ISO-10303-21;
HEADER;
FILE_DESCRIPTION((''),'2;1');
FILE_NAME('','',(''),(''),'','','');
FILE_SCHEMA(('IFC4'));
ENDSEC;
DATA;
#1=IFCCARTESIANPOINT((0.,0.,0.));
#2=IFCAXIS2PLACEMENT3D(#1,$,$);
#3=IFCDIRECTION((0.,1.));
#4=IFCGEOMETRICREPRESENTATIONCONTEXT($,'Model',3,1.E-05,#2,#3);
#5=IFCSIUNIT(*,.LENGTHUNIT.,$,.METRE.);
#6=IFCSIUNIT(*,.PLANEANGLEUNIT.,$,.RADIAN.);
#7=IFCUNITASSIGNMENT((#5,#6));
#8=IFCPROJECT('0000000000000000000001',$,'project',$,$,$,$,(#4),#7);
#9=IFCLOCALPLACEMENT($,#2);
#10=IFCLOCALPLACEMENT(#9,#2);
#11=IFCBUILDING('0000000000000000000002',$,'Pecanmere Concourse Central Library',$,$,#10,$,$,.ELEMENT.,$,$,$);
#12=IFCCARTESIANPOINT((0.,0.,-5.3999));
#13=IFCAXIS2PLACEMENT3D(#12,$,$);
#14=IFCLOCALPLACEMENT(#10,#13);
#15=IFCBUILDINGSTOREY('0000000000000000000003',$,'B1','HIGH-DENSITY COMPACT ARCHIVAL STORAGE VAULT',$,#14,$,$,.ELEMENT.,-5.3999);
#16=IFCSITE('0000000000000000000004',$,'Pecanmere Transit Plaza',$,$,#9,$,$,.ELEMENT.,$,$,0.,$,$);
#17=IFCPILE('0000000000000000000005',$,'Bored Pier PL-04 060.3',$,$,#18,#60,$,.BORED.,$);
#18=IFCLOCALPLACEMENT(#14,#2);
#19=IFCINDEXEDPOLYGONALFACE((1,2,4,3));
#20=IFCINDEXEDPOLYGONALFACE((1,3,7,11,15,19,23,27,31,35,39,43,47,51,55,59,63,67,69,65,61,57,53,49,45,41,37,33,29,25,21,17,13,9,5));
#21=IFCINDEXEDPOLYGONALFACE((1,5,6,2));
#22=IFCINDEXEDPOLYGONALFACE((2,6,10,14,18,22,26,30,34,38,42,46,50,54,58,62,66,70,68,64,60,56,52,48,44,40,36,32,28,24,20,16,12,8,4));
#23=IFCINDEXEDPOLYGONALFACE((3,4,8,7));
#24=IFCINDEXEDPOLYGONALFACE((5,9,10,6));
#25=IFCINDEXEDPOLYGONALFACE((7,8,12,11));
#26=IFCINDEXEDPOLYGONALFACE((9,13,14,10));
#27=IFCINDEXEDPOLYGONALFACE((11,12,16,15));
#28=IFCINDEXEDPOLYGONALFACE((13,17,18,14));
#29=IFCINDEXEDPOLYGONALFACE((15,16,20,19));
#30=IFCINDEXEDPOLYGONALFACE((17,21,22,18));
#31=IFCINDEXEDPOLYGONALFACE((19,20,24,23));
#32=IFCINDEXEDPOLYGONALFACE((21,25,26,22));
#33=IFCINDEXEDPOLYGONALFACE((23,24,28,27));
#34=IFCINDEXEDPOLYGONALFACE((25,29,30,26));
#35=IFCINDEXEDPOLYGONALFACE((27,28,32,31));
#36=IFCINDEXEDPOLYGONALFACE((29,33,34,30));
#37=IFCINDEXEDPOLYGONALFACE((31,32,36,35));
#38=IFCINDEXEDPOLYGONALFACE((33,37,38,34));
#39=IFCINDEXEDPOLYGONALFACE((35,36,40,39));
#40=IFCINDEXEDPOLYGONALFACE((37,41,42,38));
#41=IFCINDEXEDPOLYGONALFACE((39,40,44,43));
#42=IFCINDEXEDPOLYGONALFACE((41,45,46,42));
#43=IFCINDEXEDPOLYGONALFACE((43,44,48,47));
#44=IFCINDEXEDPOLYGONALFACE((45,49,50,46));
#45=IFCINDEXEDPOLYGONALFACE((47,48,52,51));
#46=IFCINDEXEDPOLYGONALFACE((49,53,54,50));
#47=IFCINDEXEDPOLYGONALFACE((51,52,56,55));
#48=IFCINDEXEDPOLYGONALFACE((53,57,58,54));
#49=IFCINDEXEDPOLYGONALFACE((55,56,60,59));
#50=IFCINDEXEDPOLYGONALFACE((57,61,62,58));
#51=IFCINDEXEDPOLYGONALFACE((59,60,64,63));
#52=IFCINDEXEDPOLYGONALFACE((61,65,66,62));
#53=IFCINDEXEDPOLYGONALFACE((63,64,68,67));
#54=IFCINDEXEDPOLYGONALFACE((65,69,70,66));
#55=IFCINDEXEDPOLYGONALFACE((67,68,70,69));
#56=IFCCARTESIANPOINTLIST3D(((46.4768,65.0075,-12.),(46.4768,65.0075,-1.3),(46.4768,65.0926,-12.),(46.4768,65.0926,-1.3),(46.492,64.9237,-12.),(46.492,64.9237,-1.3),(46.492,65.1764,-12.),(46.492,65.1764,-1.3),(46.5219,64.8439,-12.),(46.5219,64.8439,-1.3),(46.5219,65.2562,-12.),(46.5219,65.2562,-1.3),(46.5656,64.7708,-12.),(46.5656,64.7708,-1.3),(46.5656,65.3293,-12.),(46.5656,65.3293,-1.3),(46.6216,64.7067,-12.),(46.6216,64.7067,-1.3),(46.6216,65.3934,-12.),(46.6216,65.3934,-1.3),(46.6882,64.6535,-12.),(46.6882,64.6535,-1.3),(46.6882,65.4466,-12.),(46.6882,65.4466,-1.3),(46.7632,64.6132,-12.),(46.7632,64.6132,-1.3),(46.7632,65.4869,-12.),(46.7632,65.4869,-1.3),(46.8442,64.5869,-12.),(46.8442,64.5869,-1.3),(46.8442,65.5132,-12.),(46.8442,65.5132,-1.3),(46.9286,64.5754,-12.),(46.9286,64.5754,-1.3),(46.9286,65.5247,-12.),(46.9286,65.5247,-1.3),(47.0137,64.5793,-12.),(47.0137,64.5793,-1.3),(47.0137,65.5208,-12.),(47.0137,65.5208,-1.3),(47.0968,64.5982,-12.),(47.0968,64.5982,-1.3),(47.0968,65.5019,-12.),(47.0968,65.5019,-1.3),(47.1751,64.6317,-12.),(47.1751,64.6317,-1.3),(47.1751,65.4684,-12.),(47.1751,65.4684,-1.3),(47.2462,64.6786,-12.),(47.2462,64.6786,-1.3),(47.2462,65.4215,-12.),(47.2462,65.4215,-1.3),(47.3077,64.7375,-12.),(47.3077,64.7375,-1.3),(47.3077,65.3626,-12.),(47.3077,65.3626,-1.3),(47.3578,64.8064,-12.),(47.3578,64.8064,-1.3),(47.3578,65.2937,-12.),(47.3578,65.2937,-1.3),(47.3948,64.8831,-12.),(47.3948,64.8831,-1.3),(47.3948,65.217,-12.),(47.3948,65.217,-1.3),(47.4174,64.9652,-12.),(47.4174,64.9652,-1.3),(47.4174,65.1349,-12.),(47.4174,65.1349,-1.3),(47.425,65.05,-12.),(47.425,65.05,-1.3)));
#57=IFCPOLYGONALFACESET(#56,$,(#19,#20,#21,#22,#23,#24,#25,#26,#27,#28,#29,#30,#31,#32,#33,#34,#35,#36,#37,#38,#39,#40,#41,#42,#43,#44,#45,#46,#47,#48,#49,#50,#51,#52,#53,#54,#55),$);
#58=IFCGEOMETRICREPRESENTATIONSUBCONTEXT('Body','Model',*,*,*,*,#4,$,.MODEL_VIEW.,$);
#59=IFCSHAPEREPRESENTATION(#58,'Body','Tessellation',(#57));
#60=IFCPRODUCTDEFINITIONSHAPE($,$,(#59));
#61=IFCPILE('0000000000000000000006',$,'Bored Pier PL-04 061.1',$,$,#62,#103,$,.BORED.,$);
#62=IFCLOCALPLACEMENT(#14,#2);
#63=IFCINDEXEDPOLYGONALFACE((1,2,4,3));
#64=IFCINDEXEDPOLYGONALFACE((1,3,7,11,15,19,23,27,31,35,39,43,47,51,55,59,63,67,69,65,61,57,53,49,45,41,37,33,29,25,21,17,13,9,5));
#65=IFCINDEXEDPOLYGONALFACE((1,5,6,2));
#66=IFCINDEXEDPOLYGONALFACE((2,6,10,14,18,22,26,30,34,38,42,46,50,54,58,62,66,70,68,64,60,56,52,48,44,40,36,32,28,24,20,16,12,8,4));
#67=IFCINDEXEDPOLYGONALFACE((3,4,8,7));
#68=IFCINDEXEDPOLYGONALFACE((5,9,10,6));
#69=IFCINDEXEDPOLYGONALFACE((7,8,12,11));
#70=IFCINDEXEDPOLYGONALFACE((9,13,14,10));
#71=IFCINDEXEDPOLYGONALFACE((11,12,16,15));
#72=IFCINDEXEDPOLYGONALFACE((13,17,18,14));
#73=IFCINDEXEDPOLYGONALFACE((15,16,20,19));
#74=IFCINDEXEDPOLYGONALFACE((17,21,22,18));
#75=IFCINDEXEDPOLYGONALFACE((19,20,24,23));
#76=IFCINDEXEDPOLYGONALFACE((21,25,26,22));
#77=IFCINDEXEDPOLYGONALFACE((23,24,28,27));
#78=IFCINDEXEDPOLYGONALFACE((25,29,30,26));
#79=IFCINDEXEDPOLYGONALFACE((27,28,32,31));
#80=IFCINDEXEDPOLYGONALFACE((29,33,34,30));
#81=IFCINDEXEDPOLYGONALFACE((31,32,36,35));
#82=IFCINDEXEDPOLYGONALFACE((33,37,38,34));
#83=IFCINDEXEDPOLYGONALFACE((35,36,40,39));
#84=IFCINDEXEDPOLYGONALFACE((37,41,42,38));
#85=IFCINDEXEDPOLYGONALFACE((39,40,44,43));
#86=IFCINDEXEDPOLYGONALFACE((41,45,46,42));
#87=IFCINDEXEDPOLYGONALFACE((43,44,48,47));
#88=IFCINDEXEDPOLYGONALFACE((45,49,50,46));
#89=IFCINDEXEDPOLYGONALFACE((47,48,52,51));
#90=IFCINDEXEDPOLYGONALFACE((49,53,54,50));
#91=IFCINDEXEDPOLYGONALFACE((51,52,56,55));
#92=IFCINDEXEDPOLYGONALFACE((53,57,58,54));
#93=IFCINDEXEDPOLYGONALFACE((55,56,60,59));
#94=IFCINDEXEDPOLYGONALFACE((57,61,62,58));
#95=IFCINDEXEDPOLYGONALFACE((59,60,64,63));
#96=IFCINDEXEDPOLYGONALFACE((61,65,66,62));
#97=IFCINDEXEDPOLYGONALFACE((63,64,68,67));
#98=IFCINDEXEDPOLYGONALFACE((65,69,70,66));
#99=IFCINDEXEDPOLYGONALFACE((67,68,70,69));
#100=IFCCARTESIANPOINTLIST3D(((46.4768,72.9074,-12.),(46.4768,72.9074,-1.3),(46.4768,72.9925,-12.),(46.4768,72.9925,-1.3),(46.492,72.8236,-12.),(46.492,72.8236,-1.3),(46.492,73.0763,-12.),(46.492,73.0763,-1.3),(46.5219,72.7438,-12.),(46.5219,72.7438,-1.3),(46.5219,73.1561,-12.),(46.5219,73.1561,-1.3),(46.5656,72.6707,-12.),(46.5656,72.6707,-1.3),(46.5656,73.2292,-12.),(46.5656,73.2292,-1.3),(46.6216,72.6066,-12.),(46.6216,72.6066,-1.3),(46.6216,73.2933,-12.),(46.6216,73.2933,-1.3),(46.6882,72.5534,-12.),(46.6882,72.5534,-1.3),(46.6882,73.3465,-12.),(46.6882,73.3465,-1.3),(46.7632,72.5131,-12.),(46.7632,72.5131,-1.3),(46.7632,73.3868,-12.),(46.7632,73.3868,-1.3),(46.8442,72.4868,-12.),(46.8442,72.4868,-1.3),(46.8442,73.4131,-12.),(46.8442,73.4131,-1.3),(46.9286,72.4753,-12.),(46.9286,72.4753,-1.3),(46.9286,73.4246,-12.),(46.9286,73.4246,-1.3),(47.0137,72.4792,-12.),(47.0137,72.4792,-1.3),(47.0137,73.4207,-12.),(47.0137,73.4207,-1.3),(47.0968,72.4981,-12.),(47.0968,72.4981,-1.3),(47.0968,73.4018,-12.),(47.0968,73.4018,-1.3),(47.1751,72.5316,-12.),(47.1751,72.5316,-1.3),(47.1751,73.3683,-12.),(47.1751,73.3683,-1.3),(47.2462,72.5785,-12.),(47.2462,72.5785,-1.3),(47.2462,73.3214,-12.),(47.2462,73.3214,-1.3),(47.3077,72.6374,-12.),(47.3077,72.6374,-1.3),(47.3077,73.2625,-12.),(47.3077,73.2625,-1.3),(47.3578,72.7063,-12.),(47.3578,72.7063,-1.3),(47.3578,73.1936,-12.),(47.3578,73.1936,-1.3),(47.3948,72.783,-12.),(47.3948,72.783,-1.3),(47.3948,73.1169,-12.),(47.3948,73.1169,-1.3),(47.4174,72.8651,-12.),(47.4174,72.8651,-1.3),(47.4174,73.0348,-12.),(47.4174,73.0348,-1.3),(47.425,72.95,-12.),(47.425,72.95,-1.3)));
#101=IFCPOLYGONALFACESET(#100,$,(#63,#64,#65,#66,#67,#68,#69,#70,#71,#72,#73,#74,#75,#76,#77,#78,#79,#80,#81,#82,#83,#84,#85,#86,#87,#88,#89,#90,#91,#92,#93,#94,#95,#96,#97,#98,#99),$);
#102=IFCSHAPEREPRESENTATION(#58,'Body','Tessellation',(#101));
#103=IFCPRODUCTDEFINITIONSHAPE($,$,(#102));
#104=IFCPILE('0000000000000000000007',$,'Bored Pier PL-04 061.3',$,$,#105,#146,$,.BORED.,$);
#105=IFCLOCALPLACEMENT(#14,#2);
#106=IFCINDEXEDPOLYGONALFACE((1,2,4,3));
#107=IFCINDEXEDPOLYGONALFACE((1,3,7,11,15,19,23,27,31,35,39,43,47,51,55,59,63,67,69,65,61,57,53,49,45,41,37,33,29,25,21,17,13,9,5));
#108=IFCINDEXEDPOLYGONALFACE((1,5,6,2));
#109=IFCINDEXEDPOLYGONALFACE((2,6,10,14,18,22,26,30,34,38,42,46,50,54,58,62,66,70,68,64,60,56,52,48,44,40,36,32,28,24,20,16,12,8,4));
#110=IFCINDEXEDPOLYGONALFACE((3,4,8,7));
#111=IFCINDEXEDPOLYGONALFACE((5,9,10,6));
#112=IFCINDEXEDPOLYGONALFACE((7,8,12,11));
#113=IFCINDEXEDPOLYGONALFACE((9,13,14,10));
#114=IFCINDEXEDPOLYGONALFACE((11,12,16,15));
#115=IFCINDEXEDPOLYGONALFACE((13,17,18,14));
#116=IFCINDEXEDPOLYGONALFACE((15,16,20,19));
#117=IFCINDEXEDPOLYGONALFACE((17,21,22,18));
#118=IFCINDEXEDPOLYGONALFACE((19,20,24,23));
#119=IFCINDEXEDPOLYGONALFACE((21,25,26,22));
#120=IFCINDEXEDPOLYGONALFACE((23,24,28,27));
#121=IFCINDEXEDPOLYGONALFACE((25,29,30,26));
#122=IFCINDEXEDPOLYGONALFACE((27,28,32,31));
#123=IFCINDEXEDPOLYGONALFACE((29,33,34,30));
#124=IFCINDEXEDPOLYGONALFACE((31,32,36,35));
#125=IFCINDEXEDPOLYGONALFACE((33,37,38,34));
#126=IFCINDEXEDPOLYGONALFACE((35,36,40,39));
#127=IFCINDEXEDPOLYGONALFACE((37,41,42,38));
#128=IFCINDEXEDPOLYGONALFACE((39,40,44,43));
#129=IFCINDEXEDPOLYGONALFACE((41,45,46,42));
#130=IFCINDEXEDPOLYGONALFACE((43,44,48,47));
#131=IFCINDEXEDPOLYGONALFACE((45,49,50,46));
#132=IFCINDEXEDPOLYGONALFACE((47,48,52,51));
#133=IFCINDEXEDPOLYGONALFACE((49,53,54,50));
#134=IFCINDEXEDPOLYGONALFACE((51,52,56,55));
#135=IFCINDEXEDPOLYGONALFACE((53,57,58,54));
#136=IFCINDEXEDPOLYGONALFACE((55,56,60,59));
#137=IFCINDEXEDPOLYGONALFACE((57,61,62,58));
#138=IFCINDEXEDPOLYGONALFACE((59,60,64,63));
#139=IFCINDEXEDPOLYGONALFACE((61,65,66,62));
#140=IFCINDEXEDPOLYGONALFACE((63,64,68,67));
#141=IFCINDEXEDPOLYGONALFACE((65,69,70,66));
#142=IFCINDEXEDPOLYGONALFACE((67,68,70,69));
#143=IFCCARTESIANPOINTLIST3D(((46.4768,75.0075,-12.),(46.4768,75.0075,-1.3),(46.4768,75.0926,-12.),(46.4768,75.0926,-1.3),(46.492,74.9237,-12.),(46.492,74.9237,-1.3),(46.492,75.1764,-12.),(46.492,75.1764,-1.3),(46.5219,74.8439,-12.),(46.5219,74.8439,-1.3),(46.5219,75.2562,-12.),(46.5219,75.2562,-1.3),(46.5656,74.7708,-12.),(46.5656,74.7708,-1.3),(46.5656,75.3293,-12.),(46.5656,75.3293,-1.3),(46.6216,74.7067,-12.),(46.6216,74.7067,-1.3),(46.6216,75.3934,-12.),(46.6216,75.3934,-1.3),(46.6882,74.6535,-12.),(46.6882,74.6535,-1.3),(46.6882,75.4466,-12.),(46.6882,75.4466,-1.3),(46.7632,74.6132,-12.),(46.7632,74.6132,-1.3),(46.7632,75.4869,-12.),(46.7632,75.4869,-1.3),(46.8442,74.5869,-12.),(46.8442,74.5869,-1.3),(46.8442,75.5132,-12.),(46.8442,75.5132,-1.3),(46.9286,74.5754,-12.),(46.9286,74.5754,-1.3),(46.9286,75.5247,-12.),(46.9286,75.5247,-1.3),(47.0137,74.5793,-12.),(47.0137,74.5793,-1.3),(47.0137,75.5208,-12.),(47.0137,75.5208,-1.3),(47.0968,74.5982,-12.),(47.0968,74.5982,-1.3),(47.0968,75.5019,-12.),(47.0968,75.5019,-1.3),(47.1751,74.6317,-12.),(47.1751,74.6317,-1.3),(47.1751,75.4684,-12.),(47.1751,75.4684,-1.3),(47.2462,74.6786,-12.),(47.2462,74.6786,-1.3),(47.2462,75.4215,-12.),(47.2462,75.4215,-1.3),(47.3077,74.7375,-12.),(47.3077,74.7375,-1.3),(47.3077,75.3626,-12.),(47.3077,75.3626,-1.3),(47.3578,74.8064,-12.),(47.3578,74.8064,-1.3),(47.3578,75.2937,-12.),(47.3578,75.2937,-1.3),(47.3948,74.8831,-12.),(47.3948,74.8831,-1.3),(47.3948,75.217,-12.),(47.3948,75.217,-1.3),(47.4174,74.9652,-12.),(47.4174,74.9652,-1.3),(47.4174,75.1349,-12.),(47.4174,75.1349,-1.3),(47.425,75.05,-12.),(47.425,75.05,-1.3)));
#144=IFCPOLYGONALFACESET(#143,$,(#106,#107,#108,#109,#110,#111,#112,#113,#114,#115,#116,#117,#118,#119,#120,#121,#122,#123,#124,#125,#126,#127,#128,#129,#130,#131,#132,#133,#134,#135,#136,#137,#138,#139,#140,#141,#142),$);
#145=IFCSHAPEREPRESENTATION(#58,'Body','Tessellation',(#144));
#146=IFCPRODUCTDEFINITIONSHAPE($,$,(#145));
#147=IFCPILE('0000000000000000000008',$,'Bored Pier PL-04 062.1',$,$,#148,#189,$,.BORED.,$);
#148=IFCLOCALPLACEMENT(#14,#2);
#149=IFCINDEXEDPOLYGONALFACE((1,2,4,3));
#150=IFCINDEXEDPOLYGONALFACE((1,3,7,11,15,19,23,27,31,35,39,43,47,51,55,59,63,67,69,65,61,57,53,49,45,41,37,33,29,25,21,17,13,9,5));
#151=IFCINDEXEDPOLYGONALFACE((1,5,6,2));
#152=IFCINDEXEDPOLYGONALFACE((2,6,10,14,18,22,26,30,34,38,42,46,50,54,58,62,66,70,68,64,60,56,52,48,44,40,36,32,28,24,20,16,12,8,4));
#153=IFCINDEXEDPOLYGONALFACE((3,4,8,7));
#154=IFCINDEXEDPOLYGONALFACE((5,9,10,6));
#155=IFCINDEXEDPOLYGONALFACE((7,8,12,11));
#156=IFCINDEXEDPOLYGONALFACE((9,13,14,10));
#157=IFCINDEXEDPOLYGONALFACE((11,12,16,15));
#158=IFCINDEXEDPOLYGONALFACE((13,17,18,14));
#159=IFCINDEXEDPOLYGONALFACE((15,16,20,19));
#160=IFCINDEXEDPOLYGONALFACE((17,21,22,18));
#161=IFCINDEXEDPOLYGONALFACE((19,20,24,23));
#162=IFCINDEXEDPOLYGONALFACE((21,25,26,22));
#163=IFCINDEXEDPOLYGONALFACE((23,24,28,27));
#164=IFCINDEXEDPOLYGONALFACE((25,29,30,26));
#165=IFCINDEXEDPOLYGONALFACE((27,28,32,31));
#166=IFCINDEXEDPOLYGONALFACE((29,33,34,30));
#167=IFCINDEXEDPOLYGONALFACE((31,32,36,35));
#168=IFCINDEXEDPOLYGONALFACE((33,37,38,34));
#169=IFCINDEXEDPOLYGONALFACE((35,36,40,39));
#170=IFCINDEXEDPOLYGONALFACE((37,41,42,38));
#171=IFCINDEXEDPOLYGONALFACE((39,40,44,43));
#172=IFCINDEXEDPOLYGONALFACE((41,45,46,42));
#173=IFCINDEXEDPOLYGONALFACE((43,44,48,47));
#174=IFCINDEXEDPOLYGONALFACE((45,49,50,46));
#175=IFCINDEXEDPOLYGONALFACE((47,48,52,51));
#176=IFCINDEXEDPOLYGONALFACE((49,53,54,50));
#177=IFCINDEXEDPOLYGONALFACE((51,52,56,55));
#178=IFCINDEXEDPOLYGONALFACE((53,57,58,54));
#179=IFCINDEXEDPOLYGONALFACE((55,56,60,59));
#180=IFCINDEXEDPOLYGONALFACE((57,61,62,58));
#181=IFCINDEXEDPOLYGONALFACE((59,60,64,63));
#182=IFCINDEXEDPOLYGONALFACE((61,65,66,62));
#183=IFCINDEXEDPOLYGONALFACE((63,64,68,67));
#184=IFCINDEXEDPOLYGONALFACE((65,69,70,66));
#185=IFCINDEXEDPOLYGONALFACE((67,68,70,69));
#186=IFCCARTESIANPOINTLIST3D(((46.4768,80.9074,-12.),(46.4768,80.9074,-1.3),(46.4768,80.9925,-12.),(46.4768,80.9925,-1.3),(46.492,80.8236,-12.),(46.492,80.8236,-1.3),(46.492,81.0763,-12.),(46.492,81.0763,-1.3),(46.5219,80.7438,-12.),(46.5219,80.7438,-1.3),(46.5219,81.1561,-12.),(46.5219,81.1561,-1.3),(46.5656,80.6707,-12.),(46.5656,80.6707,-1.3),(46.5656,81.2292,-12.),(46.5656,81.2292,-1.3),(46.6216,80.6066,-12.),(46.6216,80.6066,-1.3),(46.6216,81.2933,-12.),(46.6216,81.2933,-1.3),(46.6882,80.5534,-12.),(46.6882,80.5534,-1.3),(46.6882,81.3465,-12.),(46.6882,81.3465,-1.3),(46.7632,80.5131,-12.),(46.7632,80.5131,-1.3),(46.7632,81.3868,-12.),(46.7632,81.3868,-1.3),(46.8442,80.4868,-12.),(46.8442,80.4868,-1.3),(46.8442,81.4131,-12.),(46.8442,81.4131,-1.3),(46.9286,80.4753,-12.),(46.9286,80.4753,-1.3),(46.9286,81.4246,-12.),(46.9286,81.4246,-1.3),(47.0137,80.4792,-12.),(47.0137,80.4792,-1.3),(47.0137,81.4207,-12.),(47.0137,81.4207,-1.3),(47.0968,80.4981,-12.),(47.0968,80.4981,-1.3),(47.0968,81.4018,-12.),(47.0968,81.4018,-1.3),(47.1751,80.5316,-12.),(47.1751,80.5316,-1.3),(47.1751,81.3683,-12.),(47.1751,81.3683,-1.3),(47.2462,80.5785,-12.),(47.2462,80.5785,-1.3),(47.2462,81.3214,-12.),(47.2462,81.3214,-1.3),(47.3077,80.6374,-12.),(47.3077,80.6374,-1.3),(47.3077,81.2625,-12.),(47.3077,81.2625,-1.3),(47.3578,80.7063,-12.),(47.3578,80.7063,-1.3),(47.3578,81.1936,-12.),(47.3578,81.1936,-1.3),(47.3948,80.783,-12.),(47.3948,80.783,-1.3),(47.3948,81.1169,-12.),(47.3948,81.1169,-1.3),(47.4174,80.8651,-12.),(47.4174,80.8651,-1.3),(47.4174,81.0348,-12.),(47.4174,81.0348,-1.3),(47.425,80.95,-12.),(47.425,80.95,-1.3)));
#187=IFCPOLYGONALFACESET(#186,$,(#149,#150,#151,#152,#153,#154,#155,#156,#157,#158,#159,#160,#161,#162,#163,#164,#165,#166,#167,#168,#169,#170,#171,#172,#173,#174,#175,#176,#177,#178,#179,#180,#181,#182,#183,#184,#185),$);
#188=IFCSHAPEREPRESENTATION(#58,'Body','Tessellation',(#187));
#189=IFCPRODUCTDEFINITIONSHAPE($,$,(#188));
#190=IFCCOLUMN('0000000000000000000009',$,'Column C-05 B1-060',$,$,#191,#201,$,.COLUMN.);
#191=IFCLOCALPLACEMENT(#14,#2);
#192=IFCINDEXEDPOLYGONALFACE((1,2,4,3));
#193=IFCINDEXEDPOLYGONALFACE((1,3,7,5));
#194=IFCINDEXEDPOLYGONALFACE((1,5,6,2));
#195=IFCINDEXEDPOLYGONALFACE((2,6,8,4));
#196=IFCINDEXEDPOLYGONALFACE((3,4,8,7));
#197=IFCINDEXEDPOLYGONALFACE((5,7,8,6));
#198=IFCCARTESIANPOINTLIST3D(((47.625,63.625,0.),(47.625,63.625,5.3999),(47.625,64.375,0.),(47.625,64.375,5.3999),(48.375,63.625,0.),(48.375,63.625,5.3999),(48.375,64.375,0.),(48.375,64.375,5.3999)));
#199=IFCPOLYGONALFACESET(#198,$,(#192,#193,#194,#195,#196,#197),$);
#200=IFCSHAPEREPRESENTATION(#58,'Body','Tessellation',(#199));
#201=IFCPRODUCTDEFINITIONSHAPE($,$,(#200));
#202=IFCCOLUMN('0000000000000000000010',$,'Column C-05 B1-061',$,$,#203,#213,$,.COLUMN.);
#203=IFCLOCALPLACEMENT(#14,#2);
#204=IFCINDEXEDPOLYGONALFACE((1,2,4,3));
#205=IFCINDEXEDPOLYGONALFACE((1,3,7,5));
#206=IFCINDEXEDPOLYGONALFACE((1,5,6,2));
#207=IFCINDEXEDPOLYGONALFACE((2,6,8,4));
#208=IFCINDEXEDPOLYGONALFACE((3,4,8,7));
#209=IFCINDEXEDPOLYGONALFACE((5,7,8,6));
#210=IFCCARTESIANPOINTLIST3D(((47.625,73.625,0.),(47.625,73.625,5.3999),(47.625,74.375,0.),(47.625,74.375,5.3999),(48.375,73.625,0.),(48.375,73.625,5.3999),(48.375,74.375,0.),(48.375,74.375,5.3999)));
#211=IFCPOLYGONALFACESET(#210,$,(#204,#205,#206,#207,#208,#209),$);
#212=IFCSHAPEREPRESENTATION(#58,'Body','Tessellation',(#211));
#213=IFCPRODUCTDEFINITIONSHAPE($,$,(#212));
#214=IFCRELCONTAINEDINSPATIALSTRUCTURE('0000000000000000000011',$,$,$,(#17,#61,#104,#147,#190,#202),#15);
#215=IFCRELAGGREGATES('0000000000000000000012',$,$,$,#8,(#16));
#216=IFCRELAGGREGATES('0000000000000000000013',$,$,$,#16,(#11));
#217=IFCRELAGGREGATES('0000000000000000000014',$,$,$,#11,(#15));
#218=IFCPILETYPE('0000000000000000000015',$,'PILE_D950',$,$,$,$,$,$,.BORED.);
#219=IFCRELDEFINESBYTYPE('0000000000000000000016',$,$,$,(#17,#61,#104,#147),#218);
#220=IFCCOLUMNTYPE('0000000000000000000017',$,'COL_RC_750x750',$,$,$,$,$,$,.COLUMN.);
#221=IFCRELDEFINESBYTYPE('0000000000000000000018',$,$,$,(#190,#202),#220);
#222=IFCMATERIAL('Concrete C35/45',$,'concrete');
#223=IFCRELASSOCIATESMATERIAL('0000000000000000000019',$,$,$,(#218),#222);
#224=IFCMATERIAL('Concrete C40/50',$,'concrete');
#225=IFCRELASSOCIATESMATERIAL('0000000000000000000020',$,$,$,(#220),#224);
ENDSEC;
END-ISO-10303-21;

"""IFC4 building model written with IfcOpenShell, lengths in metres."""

from ifc_helpers import new_model, si_unit, direction, frame, origin, origin_2d, place, context, subcontext, project, spatial, rectangle, circle, extrude, material, material_profile, profile_set, type_object, element, save


model = new_model("IFC4")

# Units and contexts
model_context = context("Model", 3, precision=1e-05, world=origin(), true_north=direction((0.0, 1.0)))
body_context = subcontext(model_context, "Body", "Model", "MODEL_VIEW")
ifc_project = project(units=[si_unit("LENGTHUNIT", "METRE"), si_unit("PLANEANGLEUNIT", "RADIAN")], contexts=[model_context])

# Site, building, storey
site_placement = place(None, origin())
site = spatial("IfcSite", under=ifc_project, at=site_placement, Name="Pecanmere Transit Plaza", CompositionType="ELEMENT", RefElevation=0.0)
building_placement = place(site_placement, origin())
building = spatial("IfcBuilding", under=site, at=building_placement, Name="Pecanmere Concourse Central Library", CompositionType="ELEMENT")
storey_placement = place(building_placement, frame((0.0, 0.0, -5.3999)))
storey = spatial("IfcBuildingStorey", under=building, at=storey_placement, Name="B1", Description="HIGH-DENSITY COMPACT ARCHIVAL STORAGE VAULT", CompositionType="ELEMENT", Elevation=-5.3999)

# Piles
ifc_material_1 = material(Name="Concrete C35/45", Category="concrete")
ifc_material_profile_1 = material_profile(ifc_material_1, circle(Radius=0.4751, at=origin_2d()), Name="PIER D950")
ifc_profile_set_1 = profile_set([ifc_material_profile_1], Name="Concrete C35/45")
pile_type = type_object("IfcPileType", Name="PILE_D950", PredefinedType="BORED", material=ifc_profile_set_1)
for number, where, z_axis, x_axis, name in (
    (1, (46.95, 65.05, -1.3), (0.0, 0.0, -1.0), (1.0, 0.0, 0.0), "Bored Pier PL-04 060.3"),
    (2, (46.95, 72.95, -1.3), (0.0, 0.0, -1.0), (1.0, 0.0, 0.0), "Bored Pier PL-04 061.1"),
    (3, (46.95, 75.05, -1.3), (0.0, 0.0, -1.0), (1.0, 0.0, 0.0), "Bored Pier PL-04 061.3"),
    (4, (46.95, 80.95, -1.3), (0.0, 0.0, -1.0), (1.0, 0.0, 0.0), "Bored Pier PL-04 062.1"),
):
    element("IfcPile", number, at=place(storey_placement, frame(where, z_axis=z_axis, x_axis=x_axis)), inside=storey, type_object=pile_type, Name=name, PredefinedType="BORED", context=body_context, shape_type="SweptSolid", body=[
        extrude(circle(Radius=0.4751, at=origin_2d()), origin(), (0.0, 0.0, 1.0), 10.7),
    ])

# Columns
ifc_material_2 = material(Name="Concrete C40/50", Category="concrete")
ifc_material_profile_2 = material_profile(ifc_material_2, rectangle(XDim=0.75, YDim=0.75, at=origin_2d()), Name="RC 750x750")
ifc_profile_set_2 = profile_set([ifc_material_profile_2], Name="Concrete C40/50")
column_type = type_object("IfcColumnType", Name="COL_RC_750x750", PredefinedType="COLUMN", material=ifc_profile_set_2)
for number, where, z_axis, x_axis, name in (
    (5, (48.0, 64.0, 0.0), (0.0, 0.0, 1.0), (1.0, 0.0, 0.0), "Column C-05 B1-060"),
    (6, (48.0, 74.0, 0.0), (0.0, 0.0, 1.0), (1.0, 0.0, 0.0), "Column C-05 B1-061"),
):
    element("IfcColumn", number, at=place(storey_placement, frame(where, z_axis=z_axis, x_axis=x_axis)), inside=storey, type_object=column_type, Name=name, PredefinedType="COLUMN", context=body_context, shape_type="SweptSolid", body=[
        extrude(rectangle(XDim=0.75, YDim=0.75, at=origin_2d()), origin(), (0.0, 0.0, 1.0), 5.3999),
    ])

save(model, "model.ifc")
